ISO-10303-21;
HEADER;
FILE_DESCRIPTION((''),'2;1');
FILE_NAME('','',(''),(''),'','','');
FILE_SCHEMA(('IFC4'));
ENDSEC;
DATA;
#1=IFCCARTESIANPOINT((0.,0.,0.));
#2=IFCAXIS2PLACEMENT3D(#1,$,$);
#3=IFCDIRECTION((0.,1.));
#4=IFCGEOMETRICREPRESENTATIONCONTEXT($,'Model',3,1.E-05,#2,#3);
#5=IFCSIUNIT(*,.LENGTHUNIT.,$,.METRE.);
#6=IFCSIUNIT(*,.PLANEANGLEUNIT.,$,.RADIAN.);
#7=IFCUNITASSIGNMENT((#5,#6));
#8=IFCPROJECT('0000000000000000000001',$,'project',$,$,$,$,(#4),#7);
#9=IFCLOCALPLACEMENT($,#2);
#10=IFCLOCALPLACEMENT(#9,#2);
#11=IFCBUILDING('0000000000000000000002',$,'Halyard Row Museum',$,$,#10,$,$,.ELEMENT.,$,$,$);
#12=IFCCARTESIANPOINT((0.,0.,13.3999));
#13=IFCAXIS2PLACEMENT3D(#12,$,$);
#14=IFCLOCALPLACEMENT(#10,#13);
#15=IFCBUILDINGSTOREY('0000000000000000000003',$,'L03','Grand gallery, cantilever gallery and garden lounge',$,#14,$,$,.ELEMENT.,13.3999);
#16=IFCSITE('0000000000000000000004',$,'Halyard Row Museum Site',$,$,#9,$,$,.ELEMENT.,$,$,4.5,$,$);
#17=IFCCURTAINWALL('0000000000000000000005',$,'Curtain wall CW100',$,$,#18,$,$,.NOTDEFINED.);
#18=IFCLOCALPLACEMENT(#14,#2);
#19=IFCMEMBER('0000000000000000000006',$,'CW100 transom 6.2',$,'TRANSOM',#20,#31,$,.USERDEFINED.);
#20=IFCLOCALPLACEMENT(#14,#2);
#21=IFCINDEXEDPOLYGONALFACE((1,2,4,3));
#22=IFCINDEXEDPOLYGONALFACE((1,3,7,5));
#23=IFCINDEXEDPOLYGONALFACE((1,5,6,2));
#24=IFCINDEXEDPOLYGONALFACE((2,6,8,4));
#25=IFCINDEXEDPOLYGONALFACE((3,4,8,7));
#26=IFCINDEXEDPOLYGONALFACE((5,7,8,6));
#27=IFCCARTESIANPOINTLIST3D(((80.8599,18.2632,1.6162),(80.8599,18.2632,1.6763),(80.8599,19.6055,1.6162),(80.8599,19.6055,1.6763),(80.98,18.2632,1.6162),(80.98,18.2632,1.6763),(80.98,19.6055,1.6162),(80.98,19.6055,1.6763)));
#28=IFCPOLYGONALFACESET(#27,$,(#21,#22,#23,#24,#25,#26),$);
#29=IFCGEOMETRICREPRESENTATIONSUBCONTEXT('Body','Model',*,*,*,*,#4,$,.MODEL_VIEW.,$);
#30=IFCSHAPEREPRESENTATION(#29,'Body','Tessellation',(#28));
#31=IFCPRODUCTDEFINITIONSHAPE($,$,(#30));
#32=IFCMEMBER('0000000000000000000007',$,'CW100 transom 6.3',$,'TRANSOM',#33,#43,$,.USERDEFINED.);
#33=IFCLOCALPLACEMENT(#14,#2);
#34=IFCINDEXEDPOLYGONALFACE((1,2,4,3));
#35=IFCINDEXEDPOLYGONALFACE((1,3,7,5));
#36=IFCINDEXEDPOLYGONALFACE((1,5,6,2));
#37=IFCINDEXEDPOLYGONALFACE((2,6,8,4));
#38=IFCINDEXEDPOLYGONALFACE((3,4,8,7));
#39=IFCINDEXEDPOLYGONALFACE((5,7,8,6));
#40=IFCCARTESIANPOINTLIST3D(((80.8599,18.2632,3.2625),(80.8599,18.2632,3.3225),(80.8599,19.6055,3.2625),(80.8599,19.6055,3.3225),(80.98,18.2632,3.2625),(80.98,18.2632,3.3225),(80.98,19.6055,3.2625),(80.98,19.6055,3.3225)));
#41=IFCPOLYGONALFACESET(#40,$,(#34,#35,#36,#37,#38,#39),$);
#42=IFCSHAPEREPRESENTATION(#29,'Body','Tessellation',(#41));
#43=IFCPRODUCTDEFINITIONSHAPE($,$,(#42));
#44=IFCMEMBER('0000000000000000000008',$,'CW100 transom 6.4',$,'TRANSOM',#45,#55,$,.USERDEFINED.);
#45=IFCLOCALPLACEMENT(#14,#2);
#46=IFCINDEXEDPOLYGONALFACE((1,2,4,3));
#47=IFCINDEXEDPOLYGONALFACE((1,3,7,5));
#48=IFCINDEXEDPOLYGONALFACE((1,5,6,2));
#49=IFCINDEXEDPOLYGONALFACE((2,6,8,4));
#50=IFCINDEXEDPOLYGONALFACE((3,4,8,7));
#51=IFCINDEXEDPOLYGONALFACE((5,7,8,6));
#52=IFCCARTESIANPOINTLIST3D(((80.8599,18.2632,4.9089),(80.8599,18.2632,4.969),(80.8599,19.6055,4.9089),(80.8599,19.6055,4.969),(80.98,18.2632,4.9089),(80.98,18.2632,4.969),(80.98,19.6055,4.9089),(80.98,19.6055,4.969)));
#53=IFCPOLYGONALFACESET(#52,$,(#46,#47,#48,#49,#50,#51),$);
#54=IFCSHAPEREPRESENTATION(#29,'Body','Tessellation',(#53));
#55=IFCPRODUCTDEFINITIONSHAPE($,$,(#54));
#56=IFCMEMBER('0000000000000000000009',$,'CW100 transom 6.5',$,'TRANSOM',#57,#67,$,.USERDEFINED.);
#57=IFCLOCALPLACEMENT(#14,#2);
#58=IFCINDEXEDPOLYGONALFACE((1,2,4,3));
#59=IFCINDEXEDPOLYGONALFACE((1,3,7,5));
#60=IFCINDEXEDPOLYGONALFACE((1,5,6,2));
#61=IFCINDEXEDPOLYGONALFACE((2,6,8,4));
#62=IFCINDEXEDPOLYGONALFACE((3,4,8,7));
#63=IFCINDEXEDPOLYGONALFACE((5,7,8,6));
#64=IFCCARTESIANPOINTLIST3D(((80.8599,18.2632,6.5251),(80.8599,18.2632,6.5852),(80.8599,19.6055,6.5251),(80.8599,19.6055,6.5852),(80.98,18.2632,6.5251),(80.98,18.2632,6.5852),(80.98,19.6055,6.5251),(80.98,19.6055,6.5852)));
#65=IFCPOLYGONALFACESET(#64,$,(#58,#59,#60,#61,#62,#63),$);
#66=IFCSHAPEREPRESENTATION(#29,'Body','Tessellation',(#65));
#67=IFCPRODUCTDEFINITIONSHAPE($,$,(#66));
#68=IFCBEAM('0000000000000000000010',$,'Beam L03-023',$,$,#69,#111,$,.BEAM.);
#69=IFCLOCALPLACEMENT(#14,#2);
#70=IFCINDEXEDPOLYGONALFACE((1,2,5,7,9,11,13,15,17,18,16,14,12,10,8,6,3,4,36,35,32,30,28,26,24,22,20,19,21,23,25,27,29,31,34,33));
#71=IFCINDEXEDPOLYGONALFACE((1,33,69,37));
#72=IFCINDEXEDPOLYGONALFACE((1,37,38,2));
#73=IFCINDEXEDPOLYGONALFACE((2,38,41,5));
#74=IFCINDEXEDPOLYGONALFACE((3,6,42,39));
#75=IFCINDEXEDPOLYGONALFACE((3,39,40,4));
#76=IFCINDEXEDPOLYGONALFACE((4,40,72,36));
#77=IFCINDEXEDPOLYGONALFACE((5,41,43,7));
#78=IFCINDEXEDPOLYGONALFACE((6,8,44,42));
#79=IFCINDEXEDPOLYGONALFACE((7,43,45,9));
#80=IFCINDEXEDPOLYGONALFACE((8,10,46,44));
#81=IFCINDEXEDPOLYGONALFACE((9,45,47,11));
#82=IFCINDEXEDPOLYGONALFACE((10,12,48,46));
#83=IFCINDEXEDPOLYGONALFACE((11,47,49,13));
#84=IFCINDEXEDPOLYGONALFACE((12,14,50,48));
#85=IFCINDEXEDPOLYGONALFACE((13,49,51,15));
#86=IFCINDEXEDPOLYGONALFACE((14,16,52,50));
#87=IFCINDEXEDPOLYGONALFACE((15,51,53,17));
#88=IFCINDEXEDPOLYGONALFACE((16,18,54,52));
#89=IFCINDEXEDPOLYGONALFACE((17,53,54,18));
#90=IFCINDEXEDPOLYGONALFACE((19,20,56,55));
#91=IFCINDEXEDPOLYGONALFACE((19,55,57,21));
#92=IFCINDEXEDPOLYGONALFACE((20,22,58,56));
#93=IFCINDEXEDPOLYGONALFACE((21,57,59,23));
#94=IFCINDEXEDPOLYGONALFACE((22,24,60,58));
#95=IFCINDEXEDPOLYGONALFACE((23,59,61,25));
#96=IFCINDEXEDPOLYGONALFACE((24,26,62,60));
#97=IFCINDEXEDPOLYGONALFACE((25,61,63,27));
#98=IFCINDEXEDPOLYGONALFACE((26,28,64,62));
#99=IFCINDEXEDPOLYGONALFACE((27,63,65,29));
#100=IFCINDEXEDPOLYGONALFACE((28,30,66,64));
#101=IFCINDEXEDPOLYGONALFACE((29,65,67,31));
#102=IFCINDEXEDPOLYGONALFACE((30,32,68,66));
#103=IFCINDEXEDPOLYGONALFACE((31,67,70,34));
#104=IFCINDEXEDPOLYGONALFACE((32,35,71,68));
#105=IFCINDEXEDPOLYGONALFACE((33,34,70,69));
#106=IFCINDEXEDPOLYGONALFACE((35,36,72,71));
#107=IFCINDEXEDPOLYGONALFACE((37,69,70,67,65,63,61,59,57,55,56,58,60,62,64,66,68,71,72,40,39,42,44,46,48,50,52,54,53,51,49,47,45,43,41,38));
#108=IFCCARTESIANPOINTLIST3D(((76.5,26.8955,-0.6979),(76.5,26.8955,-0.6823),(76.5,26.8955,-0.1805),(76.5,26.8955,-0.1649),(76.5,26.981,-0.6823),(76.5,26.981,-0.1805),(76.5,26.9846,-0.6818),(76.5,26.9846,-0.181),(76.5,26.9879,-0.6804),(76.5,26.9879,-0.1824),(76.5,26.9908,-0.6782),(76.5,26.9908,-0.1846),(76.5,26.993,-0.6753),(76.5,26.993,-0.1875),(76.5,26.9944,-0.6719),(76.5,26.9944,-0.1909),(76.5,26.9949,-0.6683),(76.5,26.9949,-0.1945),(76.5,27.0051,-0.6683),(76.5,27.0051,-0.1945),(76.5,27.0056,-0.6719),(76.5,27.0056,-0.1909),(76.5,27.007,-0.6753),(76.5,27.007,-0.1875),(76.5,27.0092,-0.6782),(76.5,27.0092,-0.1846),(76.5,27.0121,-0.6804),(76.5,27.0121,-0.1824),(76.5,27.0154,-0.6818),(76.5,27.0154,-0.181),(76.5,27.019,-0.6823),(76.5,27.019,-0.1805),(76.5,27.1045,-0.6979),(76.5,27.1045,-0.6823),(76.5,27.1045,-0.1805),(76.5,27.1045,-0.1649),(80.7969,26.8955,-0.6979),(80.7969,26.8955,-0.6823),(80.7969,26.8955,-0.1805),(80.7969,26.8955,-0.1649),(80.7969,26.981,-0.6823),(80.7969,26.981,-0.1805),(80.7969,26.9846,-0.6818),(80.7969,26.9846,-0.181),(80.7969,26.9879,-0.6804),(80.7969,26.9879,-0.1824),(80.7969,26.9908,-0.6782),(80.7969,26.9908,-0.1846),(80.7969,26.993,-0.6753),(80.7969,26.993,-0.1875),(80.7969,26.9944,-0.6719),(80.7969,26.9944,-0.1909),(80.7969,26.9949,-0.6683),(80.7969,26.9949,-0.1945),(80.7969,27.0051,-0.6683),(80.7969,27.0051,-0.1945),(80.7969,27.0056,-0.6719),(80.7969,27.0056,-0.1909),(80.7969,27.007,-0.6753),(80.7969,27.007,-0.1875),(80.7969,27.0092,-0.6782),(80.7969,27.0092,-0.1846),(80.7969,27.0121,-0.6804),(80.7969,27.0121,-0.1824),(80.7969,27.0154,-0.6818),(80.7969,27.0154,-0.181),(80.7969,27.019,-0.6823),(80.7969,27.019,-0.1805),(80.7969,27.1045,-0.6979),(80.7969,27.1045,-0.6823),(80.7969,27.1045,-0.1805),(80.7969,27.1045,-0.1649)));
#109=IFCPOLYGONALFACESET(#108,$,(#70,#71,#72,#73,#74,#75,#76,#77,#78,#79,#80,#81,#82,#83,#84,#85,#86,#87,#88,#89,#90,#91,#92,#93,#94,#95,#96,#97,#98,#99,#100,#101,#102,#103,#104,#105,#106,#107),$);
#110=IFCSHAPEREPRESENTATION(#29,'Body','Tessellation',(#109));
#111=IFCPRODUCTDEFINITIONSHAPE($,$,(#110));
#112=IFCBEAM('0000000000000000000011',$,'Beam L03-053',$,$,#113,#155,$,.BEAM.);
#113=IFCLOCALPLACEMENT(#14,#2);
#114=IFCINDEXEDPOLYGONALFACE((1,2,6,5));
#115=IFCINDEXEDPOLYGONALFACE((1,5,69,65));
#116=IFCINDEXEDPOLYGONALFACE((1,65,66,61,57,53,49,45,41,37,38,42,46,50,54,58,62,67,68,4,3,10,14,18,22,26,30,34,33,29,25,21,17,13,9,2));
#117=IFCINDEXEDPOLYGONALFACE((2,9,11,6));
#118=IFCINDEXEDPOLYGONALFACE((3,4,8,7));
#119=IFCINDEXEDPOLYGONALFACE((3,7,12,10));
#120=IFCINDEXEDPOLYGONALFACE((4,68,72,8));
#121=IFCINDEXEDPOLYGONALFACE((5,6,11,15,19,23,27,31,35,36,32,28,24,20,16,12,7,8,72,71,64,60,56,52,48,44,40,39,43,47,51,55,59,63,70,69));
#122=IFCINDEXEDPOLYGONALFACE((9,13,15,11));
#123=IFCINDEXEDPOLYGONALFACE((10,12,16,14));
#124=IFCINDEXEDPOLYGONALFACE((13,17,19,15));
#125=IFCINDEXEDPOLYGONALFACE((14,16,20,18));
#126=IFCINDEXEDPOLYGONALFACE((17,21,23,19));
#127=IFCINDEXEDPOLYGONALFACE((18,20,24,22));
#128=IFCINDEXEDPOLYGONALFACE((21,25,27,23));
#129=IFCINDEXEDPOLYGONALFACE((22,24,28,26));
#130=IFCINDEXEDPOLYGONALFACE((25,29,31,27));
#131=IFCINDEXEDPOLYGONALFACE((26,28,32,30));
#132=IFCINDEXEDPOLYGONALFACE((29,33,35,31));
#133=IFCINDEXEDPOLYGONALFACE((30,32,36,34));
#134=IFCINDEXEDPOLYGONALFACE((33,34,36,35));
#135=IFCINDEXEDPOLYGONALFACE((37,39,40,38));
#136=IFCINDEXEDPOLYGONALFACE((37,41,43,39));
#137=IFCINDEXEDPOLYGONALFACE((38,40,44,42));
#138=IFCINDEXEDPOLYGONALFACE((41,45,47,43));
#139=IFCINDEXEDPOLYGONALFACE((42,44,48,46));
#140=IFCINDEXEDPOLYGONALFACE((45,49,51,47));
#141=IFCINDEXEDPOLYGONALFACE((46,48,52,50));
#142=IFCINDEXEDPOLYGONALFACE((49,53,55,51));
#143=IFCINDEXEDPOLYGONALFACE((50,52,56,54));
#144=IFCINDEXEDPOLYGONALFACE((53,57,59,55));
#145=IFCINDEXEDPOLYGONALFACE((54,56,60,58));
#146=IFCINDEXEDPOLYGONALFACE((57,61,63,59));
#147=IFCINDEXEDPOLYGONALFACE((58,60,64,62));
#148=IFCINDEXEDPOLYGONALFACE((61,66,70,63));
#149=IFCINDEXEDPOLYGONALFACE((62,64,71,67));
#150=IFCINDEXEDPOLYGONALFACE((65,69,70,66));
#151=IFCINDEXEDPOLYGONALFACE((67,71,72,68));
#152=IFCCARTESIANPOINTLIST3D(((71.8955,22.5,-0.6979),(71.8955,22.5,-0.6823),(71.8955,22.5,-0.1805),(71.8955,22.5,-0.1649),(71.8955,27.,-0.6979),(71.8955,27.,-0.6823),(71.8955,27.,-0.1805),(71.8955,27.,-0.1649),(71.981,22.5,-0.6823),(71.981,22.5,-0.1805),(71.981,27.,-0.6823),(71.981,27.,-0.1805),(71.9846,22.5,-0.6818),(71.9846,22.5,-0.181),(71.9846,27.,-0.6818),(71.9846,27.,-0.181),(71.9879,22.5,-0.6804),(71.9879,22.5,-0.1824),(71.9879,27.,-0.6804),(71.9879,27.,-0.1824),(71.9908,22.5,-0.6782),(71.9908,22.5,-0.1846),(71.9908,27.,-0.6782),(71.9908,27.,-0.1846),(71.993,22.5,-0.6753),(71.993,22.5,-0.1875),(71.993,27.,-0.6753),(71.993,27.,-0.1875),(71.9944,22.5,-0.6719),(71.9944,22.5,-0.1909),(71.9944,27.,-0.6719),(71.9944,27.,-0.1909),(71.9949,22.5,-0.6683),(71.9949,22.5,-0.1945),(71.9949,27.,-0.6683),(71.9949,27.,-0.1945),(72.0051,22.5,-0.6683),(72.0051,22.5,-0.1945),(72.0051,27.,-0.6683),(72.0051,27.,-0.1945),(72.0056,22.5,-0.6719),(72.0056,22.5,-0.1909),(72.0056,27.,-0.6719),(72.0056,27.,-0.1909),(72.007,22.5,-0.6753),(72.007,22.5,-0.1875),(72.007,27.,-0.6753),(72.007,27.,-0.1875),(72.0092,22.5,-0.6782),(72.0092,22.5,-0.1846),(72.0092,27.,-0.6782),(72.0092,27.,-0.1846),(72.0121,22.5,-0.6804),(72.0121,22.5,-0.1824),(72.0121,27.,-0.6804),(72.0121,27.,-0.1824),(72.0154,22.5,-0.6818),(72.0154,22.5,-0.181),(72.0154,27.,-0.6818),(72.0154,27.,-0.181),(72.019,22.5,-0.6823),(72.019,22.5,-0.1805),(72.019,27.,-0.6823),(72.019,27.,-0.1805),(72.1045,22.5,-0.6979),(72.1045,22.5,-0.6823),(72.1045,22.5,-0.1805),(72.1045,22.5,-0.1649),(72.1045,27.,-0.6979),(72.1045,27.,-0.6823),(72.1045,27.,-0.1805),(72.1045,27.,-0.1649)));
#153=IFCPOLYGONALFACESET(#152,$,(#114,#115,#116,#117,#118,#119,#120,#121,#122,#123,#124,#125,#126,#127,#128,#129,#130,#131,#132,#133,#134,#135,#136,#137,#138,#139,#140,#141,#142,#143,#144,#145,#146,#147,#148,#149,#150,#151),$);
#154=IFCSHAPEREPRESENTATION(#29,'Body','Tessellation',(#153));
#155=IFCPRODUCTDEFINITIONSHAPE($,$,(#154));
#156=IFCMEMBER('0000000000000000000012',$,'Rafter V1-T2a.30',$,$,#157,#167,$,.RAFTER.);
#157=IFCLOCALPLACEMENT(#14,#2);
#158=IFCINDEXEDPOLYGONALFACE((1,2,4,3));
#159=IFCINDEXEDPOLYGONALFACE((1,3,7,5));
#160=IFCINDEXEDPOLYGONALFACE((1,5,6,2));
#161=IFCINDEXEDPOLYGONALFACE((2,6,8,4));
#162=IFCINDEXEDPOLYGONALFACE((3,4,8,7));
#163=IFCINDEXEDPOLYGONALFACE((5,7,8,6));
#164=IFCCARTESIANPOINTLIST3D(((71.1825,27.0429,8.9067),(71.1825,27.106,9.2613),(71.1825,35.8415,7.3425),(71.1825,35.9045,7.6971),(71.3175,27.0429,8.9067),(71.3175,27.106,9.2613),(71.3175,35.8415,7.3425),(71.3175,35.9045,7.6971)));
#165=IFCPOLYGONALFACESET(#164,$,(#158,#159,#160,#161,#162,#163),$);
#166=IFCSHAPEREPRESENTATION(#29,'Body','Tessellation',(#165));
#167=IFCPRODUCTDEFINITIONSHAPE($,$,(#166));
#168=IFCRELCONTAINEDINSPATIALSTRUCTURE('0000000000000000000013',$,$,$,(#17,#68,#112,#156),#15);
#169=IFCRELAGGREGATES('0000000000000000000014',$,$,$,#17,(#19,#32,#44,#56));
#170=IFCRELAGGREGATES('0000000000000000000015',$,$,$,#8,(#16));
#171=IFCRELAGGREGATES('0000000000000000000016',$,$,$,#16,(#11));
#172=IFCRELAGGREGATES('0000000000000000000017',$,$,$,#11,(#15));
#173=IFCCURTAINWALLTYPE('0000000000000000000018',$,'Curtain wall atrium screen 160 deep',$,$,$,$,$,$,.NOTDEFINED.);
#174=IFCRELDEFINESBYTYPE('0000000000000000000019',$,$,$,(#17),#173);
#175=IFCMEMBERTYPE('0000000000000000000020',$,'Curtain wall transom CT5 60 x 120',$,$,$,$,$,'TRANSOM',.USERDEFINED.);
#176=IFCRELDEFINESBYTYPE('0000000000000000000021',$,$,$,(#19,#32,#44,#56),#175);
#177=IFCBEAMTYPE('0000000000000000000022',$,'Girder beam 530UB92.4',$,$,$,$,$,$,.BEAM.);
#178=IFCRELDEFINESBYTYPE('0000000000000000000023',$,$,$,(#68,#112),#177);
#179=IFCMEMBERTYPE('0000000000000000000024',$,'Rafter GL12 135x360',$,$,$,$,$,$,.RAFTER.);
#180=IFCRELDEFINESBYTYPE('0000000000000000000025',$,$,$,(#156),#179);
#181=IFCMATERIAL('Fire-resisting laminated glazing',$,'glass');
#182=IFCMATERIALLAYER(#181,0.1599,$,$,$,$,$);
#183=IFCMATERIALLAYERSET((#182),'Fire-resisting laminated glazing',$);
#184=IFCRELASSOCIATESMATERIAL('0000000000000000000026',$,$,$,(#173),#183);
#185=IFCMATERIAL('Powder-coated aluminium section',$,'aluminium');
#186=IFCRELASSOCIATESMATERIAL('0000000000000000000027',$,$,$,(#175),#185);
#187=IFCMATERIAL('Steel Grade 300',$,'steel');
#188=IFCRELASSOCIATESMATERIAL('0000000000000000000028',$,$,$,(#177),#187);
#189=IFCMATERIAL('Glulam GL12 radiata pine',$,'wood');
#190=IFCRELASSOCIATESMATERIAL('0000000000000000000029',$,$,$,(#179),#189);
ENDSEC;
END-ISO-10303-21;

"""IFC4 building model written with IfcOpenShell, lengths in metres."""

from ifc_helpers import new_model, si_unit, direction, frame, origin, origin_2d, place, context, subcontext, project, spatial, rectangle, i_section, extrude, material, layer, layer_set, material_profile, profile_set, type_object, element, aggregate, save


model = new_model("IFC4")

# Units and contexts
model_context = context("Model", 3, precision=1e-05, world=origin(), true_north=direction((0.0, 1.0)))
body_context = subcontext(model_context, "Body", "Model", "MODEL_VIEW")
ifc_project = project(units=[si_unit("LENGTHUNIT", "METRE"), si_unit("PLANEANGLEUNIT", "RADIAN")], contexts=[model_context])

# Site, building, storey
site_placement = place(None, origin())
site = spatial("IfcSite", under=ifc_project, at=site_placement, Name="Halyard Row Museum Site", CompositionType="ELEMENT", RefElevation=4.5)
building_placement = place(site_placement, origin())
building = spatial("IfcBuilding", under=site, at=building_placement, Name="Halyard Row Museum", CompositionType="ELEMENT")
storey_placement = place(building_placement, frame((0.0, 0.0, 13.3999)))
storey = spatial("IfcBuildingStorey", under=building, at=storey_placement, Name="L03", Description="Grand gallery, cantilever gallery and garden lounge", CompositionType="ELEMENT", Elevation=13.3999)

# Curtain wall, members
ifc_material_1 = material(Name="Fire-resisting laminated glazing", Category="glass")
ifc_layer_1 = layer(ifc_material_1, 0.1599)
ifc_layer_set_1 = layer_set([ifc_layer_1], Name="Fire-resisting laminated glazing")
curtain_wall_type = type_object("IfcCurtainWallType", Name="Curtain wall atrium screen 160 deep", PredefinedType="NOTDEFINED", material=ifc_layer_set_1)
curtain_wall_placement = place(storey_placement, origin())
curtain_wall = element("IfcCurtainWall", 1, at=curtain_wall_placement, inside=storey, type_object=curtain_wall_type, Name="Curtain wall CW100", PredefinedType="NOTDEFINED")
ifc_material_2 = material(Name="Powder-coated aluminium section", Category="aluminium")
ifc_material_profile_1 = material_profile(ifc_material_2, rectangle(XDim=0.1201, YDim=0.0601, at=origin_2d()), Name="120x60 transom")
ifc_profile_set_1 = profile_set([ifc_material_profile_1], Name="Powder-coated aluminium section")
member_type_1 = type_object("IfcMemberType", Name="Curtain wall transom CT5 60 x 120", ElementType="TRANSOM", PredefinedType="USERDEFINED", material=ifc_profile_set_1)
member_1_placement = place(storey_placement, frame((80.9199, 19.6055, 1.6462), z_axis=(0.0, -1.0, 0.0), x_axis=(1.0, 0.0, 0.0)))
member_1 = element("IfcMember", 2, at=member_1_placement, type_object=member_type_1, Name="CW100 transom 6.2", ObjectType="TRANSOM", PredefinedType="USERDEFINED", context=body_context, shape_type="SweptSolid", body=[
    extrude(rectangle(XDim=0.1201, YDim=0.0601, at=origin_2d()), origin(), (0.0, 0.0, 1.0), 1.3423),
])
member_2_placement = place(storey_placement, frame((80.9199, 19.6055, 3.2925), z_axis=(0.0, -1.0, 0.0), x_axis=(1.0, 0.0, 0.0)))
member_2 = element("IfcMember", 3, at=member_2_placement, type_object=member_type_1, Name="CW100 transom 6.3", ObjectType="TRANSOM", PredefinedType="USERDEFINED", context=body_context, shape_type="SweptSolid", body=[
    extrude(rectangle(XDim=0.1201, YDim=0.0601, at=origin_2d()), origin(), (0.0, 0.0, 1.0), 1.3423),
])
member_3_placement = place(storey_placement, frame((80.9199, 19.6055, 4.939), z_axis=(0.0, -1.0, 0.0), x_axis=(1.0, 0.0, 0.0)))
member_3 = element("IfcMember", 4, at=member_3_placement, type_object=member_type_1, Name="CW100 transom 6.4", ObjectType="TRANSOM", PredefinedType="USERDEFINED", context=body_context, shape_type="SweptSolid", body=[
    extrude(rectangle(XDim=0.1201, YDim=0.0601, at=origin_2d()), origin(), (0.0, 0.0, 1.0), 1.3423),
])
member_4_placement = place(storey_placement, frame((80.9199, 19.6055, 6.5552), z_axis=(0.0, -1.0, 0.0), x_axis=(1.0, 0.0, 0.0)))
member_4 = element("IfcMember", 5, at=member_4_placement, type_object=member_type_1, Name="CW100 transom 6.5", ObjectType="TRANSOM", PredefinedType="USERDEFINED", context=body_context, shape_type="SweptSolid", body=[
    extrude(rectangle(XDim=0.1201, YDim=0.0601, at=origin_2d()), origin(), (0.0, 0.0, 1.0), 1.3423),
])

# Beams
ifc_material_3 = material(Name="Steel Grade 300", Category="steel")
ifc_material_profile_2 = material_profile(ifc_material_3, i_section(OverallWidth=0.209, OverallDepth=0.533, WebThickness=0.0103, FlangeThickness=0.0156, FilletRadius=0.0139, at=origin_2d()), Name="530UB92.4")
ifc_profile_set_2 = profile_set([ifc_material_profile_2], Name="Steel Grade 300")
beam_type = type_object("IfcBeamType", Name="Girder beam 530UB92.4", PredefinedType="BEAM", material=ifc_profile_set_2)
beam_1_placement = place(storey_placement, frame((76.5, 27.0, -0.4314), z_axis=(1.0, 0.0, 0.0), x_axis=(0.0, 1.0, 0.0)))
element("IfcBeam", 6, at=beam_1_placement, inside=storey, type_object=beam_type, Name="Beam L03-023", PredefinedType="BEAM", context=body_context, shape_type="SweptSolid", body=[
    extrude(i_section(OverallWidth=0.209, OverallDepth=0.533, WebThickness=0.0103, FlangeThickness=0.0156, FilletRadius=0.0139, at=origin_2d()), origin(), (0.0, 0.0, 1.0), 4.2969),
])
beam_2_placement = place(storey_placement, frame((72.0, 22.5, -0.4314), z_axis=(0.0, 1.0, 0.0), x_axis=(-1.0, 0.0, 0.0)))
element("IfcBeam", 7, at=beam_2_placement, inside=storey, type_object=beam_type, Name="Beam L03-053", PredefinedType="BEAM", context=body_context, shape_type="SweptSolid", body=[
    extrude(i_section(OverallWidth=0.209, OverallDepth=0.533, WebThickness=0.0103, FlangeThickness=0.0156, FilletRadius=0.0139, at=origin_2d()), origin(), (0.0, 0.0, 1.0), 4.5),
])

# Member
ifc_material_4 = material(Name="Glulam GL12 radiata pine", Category="wood")
ifc_material_profile_3 = material_profile(ifc_material_4, rectangle(XDim=0.135, YDim=0.3601, at=origin_2d()), Name="GL12 135x360")
ifc_profile_set_3 = profile_set([ifc_material_profile_3], Name="Glulam GL12 radiata pine")
member_type_2 = type_object("IfcMemberType", Name="Rafter GL12 135x360", PredefinedType="RAFTER", material=ifc_profile_set_3)
member_5_placement = place(storey_placement, frame((71.25, 27.0745, 9.084), z_axis=(0.0, 0.984562, -0.175035), x_axis=(-1.0, 0.0, 0.0)))
element("IfcMember", 8, at=member_5_placement, inside=storey, type_object=member_type_2, Name="Rafter V1-T2a.30", PredefinedType="RAFTER", context=body_context, shape_type="SweptSolid", body=[
    extrude(rectangle(XDim=0.135, YDim=0.3601, at=origin_2d()), origin(), (0.0, 0.0, 1.0), 8.9365),
])

aggregate(curtain_wall, [member_1, member_2, member_3, member_4])

save(model, "model.ifc")
